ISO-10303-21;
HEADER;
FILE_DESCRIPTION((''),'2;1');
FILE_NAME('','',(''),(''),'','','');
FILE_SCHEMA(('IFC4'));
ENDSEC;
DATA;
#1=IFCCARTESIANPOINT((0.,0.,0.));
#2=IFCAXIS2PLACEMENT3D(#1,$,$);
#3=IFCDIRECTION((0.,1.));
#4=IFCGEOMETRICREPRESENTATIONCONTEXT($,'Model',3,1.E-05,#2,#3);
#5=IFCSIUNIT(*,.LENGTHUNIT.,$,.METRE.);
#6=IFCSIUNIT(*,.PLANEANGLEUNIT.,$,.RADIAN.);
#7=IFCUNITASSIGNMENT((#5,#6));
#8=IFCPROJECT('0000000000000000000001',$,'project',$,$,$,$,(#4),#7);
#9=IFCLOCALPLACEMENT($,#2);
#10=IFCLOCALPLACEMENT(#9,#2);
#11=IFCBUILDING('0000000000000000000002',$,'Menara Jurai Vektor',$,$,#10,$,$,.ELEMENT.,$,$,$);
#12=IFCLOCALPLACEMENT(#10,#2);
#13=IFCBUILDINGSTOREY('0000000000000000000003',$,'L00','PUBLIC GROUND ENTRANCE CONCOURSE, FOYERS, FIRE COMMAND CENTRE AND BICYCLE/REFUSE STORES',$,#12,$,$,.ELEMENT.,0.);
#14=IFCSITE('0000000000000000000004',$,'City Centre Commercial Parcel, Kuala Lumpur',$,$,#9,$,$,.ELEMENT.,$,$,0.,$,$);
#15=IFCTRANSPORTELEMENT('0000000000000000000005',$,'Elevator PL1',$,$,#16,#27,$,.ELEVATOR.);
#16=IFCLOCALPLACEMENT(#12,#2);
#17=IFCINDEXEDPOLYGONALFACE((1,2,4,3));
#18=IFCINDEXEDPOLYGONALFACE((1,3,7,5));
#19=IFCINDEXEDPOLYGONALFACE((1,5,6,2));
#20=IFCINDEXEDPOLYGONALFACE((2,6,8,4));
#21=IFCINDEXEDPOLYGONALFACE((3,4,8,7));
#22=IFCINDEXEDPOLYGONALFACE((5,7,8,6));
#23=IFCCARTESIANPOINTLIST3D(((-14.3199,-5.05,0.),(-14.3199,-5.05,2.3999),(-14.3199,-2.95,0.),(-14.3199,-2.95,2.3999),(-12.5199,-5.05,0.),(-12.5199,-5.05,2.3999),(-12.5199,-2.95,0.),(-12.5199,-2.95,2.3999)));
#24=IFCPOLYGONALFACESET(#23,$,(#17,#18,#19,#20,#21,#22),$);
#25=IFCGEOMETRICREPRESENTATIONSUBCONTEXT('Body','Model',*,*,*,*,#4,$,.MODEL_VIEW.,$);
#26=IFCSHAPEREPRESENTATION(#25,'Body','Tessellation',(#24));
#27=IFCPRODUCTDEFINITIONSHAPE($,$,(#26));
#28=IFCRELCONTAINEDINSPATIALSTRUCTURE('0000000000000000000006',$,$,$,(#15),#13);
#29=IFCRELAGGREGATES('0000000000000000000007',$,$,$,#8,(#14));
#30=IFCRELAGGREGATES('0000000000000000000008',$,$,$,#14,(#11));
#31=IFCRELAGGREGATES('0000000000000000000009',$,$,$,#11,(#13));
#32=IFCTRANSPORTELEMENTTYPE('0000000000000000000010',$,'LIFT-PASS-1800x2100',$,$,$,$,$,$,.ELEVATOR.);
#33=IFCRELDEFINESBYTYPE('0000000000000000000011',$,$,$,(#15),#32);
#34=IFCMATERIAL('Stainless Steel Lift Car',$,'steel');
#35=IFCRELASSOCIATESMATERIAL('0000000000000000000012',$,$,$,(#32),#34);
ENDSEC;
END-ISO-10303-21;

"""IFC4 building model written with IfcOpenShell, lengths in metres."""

from ifc_helpers import new_model, si_unit, direction, frame, origin, origin_2d, place, context, subcontext, project, spatial, rectangle, extrude, material, type_object, element, save


model = new_model("IFC4")

# Units and contexts
model_context = context("Model", 3, precision=1e-05, world=origin(), true_north=direction((0.0, 1.0)))
body_context = subcontext(model_context, "Body", "Model", "MODEL_VIEW")
ifc_project = project(units=[si_unit("LENGTHUNIT", "METRE"), si_unit("PLANEANGLEUNIT", "RADIAN")], contexts=[model_context])

# Site, building, storey
site_placement = place(None, origin())
site = spatial("IfcSite", under=ifc_project, at=site_placement, Name="City Centre Commercial Parcel, Kuala Lumpur", CompositionType="ELEMENT", RefElevation=0.0)
building_placement = place(site_placement, origin())
building = spatial("IfcBuilding", under=site, at=building_placement, Name="Menara Jurai Vektor", CompositionType="ELEMENT")
storey_placement = place(building_placement, origin())
storey = spatial("IfcBuildingStorey", under=building, at=storey_placement, Name="L00", Description="PUBLIC GROUND ENTRANCE CONCOURSE, FOYERS, FIRE COMMAND CENTRE AND BICYCLE/REFUSE STORES", CompositionType="ELEMENT", Elevation=0.0)

# Transport element
ifc_material_1 = material(Name="Stainless Steel Lift Car", Category="steel")
transport_element_type = type_object("IfcTransportElementType", Name="LIFT-PASS-1800x2100", PredefinedType="ELEVATOR", material=ifc_material_1)
transport_element_placement = place(storey_placement, frame((-13.4199, -4.0, 0.0), z_axis=(0.0, 0.0, 1.0), x_axis=(1.0, 0.0, 0.0)))
element("IfcTransportElement", 1, at=transport_element_placement, inside=storey, type_object=transport_element_type, Name="Elevator PL1", PredefinedType="ELEVATOR", context=body_context, shape_type="SweptSolid", body=[
    extrude(rectangle(XDim=1.8, YDim=2.1001, at=origin_2d()), origin(), (0.0, 0.0, 1.0), 2.3999),
])

save(model, "model.ifc")
